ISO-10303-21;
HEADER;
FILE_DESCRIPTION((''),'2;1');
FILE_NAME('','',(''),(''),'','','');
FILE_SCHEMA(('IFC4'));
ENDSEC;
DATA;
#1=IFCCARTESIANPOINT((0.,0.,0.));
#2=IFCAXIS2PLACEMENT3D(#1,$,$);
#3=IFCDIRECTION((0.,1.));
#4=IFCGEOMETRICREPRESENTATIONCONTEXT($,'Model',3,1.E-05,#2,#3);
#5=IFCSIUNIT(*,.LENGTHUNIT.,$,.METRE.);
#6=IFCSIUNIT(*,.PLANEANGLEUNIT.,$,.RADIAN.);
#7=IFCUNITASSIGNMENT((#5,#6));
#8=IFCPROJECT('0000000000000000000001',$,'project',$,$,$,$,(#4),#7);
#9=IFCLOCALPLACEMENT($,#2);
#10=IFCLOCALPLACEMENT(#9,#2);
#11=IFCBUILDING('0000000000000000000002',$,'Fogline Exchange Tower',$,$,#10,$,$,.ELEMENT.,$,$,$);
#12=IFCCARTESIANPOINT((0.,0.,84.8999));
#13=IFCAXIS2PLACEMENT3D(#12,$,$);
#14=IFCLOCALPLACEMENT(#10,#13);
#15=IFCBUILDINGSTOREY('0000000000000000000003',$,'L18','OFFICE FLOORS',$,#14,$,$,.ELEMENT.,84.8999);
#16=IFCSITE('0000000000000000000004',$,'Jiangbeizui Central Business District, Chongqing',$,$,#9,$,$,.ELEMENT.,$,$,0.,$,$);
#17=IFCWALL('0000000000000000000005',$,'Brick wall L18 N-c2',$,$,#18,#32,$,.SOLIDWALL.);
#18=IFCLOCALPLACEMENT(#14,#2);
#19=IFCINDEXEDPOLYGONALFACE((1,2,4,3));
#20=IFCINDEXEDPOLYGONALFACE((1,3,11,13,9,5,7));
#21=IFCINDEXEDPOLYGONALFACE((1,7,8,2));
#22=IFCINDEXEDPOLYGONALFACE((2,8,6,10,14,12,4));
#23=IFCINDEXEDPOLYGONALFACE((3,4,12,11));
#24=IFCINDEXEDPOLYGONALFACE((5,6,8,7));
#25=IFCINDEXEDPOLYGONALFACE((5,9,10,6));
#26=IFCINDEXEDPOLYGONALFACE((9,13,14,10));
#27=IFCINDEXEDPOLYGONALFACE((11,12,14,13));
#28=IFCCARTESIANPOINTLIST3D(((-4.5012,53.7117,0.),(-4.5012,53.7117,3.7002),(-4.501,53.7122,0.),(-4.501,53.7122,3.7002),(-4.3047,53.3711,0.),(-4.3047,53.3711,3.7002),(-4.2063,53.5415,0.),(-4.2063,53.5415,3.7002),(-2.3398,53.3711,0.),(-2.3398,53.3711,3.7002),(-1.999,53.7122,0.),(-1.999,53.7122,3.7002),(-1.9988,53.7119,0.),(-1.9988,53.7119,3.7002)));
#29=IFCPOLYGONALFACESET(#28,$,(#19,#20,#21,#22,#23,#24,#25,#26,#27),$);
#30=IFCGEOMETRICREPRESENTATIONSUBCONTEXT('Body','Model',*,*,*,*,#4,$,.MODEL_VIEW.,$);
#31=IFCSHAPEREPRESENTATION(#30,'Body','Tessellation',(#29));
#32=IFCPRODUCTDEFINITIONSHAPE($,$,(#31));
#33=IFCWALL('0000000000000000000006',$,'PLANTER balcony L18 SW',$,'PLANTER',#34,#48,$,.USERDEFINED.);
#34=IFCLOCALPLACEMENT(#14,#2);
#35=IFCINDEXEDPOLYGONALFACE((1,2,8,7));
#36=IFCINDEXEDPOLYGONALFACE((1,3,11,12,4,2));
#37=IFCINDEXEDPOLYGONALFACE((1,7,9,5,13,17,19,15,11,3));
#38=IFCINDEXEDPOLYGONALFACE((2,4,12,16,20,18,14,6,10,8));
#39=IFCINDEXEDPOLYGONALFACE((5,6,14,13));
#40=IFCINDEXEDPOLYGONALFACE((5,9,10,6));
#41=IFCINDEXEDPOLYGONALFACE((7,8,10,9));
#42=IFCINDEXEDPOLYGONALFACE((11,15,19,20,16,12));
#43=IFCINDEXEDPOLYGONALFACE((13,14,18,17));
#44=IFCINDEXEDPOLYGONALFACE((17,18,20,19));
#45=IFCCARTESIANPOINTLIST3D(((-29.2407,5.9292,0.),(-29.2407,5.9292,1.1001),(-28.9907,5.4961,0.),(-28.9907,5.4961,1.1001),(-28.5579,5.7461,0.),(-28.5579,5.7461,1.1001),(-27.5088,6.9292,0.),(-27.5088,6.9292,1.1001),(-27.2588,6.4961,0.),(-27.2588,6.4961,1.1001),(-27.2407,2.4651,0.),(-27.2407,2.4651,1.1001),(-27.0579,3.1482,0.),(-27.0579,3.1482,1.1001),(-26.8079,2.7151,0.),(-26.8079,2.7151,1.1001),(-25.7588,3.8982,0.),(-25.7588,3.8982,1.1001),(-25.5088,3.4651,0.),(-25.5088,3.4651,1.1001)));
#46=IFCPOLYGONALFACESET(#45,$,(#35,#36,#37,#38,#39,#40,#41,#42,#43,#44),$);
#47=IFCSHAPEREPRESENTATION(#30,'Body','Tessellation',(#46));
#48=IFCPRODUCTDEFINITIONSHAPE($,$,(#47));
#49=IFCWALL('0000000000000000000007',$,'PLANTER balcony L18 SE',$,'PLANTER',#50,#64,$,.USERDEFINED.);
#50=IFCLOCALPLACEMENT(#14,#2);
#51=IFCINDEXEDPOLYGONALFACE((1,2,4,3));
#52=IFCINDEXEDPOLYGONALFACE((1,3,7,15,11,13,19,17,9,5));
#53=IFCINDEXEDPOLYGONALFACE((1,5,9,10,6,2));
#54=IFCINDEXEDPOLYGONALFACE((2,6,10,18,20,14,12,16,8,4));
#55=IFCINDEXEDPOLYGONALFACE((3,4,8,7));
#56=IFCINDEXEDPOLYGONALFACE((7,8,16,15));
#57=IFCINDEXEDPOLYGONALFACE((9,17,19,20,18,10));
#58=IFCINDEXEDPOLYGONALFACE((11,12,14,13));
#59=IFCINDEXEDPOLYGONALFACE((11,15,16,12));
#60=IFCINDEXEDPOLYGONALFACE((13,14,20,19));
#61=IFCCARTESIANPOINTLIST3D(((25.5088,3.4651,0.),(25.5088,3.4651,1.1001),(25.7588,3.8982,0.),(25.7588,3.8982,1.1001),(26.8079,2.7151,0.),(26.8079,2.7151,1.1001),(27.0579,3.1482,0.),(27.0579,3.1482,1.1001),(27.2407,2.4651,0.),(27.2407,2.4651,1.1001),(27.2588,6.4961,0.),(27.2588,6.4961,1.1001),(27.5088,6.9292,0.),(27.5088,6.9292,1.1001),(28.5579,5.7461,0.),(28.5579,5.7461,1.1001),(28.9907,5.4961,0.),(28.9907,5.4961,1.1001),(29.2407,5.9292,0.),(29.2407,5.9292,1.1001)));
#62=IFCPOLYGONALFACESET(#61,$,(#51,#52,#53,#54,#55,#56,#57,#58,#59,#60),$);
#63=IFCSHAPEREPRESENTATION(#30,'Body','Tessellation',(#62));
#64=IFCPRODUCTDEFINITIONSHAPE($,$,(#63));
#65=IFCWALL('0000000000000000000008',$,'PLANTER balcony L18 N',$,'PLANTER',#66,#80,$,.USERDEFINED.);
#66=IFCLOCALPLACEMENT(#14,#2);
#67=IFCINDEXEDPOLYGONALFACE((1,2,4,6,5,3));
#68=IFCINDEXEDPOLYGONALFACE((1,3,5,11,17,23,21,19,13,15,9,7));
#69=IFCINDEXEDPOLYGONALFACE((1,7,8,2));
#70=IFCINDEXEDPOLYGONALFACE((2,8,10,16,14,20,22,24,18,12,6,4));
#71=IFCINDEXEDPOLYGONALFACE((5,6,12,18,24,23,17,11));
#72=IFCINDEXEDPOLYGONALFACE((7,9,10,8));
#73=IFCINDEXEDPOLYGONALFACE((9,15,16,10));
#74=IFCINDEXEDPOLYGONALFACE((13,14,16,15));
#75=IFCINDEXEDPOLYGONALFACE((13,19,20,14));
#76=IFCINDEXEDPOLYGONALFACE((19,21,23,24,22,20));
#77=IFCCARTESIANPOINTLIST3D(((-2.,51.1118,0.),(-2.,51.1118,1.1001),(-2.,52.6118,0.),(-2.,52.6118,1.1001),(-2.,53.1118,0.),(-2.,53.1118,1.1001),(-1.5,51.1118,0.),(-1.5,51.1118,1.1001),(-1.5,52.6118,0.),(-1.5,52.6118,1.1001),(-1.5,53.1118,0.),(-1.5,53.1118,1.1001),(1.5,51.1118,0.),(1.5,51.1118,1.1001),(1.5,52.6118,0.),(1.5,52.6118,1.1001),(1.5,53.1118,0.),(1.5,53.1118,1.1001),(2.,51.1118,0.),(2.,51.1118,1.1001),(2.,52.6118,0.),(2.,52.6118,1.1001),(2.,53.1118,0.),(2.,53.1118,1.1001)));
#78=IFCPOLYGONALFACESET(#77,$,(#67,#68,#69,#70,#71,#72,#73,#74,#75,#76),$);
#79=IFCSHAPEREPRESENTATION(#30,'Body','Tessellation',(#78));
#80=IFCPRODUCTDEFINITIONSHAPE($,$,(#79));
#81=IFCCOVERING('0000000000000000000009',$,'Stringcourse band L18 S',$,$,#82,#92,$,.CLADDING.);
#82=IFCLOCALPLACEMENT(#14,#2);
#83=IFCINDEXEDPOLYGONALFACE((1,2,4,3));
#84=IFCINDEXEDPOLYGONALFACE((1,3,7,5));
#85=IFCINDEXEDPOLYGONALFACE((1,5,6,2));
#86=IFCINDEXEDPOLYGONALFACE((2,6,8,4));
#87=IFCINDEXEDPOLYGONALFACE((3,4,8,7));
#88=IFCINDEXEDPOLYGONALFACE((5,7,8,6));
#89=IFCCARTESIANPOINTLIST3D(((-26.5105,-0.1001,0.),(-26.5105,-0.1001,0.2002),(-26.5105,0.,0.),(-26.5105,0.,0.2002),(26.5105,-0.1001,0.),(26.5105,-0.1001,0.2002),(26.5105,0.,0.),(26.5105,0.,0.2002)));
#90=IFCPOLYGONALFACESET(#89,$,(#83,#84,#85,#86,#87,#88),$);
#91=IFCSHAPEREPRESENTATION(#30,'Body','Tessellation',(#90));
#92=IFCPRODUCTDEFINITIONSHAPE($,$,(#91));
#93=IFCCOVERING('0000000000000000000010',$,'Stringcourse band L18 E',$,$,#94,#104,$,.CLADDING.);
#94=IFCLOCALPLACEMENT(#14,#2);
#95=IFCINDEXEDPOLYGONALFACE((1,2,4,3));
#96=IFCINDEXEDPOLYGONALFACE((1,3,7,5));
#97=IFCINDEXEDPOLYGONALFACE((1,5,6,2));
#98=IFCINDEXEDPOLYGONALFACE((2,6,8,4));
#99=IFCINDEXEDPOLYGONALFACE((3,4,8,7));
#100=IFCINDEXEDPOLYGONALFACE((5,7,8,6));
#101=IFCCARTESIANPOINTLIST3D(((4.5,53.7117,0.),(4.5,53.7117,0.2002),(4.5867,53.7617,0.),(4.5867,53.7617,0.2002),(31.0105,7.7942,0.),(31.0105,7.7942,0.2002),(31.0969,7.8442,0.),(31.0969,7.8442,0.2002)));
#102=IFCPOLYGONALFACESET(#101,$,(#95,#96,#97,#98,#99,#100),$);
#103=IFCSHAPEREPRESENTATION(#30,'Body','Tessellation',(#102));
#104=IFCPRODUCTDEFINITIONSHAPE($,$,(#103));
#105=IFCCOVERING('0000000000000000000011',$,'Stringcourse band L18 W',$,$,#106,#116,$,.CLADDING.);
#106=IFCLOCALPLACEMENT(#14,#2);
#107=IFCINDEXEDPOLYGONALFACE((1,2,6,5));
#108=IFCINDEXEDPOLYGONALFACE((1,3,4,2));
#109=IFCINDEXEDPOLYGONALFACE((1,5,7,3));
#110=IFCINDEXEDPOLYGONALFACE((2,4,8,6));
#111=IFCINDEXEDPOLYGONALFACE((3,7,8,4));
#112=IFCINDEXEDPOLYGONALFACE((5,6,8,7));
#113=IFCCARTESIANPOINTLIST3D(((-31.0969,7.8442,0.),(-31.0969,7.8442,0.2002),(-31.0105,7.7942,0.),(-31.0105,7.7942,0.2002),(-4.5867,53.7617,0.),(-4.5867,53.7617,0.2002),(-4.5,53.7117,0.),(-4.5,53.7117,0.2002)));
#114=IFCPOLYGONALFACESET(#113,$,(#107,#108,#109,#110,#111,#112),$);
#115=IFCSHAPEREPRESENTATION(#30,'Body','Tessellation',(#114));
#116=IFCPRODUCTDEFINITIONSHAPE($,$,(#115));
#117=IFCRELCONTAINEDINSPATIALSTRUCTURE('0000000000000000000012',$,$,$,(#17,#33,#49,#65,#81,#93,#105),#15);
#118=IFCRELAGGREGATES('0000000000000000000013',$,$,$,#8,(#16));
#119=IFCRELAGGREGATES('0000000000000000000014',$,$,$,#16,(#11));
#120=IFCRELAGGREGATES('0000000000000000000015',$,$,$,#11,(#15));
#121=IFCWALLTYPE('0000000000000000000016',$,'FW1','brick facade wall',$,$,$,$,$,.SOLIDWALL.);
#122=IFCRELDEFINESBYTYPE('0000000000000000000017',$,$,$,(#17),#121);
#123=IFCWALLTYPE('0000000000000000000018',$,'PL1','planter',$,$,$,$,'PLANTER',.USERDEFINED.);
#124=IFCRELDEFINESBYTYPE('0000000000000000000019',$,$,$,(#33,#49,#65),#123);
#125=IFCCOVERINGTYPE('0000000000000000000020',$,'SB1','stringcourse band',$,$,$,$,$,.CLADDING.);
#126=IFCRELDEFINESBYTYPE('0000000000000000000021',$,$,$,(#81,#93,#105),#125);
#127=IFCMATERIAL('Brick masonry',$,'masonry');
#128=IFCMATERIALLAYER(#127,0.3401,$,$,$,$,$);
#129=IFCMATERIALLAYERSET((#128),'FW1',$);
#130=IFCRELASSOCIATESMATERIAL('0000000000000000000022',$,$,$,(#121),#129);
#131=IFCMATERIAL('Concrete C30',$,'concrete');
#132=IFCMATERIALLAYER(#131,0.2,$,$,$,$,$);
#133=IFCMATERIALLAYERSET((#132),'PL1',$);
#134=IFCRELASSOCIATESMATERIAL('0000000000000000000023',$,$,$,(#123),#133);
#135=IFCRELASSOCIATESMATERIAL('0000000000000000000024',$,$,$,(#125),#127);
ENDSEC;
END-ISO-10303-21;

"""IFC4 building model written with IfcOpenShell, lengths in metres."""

from ifc_helpers import new_model, si_unit, direction, frame, origin, place, context, subcontext, project, spatial, polyline, outline, extrude, material, layer, layer_set, type_object, element, save


model = new_model("IFC4")

# Units and contexts
model_context = context("Model", 3, precision=1e-05, world=origin(), true_north=direction((0.0, 1.0)))
body_context = subcontext(model_context, "Body", "Model", "MODEL_VIEW")
ifc_project = project(units=[si_unit("LENGTHUNIT", "METRE"), si_unit("PLANEANGLEUNIT", "RADIAN")], contexts=[model_context])

# Site, building, storey
site_placement = place(None, origin())
site = spatial("IfcSite", under=ifc_project, at=site_placement, Name="Jiangbeizui Central Business District, Chongqing", CompositionType="ELEMENT", RefElevation=0.0)
building_placement = place(site_placement, origin())
building = spatial("IfcBuilding", under=site, at=building_placement, Name="Fogline Exchange Tower", CompositionType="ELEMENT")
storey_placement = place(building_placement, frame((0.0, 0.0, 84.8999)))
storey = spatial("IfcBuildingStorey", under=building, at=storey_placement, Name="L18", Description="OFFICE FLOORS", CompositionType="ELEMENT", Elevation=84.8999)

# Walls
ifc_material_1 = material(Name="Brick masonry", Category="masonry")
ifc_layer_1 = layer(ifc_material_1, 0.3401)
ifc_layer_set_1 = layer_set([ifc_layer_1], Name="FW1")
wall_type_1 = type_object("IfcWallType", Name="FW1", Description="brick facade wall", PredefinedType="SOLIDWALL", material=ifc_layer_set_1)
wall_1_placement = place(storey_placement, origin())
element("IfcWall", 1, at=wall_1_placement, inside=storey, type_object=wall_type_1, Name="Brick wall L18 N-c2", PredefinedType="SOLIDWALL", context=body_context, shape_type="SweptSolid", body=[
    extrude(outline(polyline([(-4.3047, 53.3711), (-4.2063, 53.5415), (-4.5012, 53.7117), (-4.501, 53.7122), (-1.999, 53.7122), (-1.9988, 53.7119), (-2.3398, 53.3711), (-4.3047, 53.3711)])), origin(), (0.0, 0.0, 1.0), 3.7002),
])
ifc_material_2 = material(Name="Concrete C30", Category="concrete")
ifc_layer_2 = layer(ifc_material_2, 0.2)
ifc_layer_set_2 = layer_set([ifc_layer_2], Name="PL1")
wall_type_2 = type_object("IfcWallType", Name="PL1", Description="planter", ElementType="PLANTER", PredefinedType="USERDEFINED", material=ifc_layer_set_2)
wall_2_placement = place(storey_placement, origin())
element("IfcWall", 2, at=wall_2_placement, inside=storey, type_object=wall_type_2, Name="PLANTER balcony L18 SW", ObjectType="PLANTER", PredefinedType="USERDEFINED", context=body_context, shape_type="SweptSolid", body=[
    extrude(outline(polyline([(-25.7588, 3.8982), (-27.0579, 3.1482), (-28.5579, 5.7461), (-27.2588, 6.4961), (-27.5088, 6.9292), (-29.2407, 5.9292), (-28.9907, 5.4961), (-27.2407, 2.4651), (-26.8079, 2.7151), (-26.8079, 2.7151), (-25.5088, 3.4651), (-25.7588, 3.8982)])), origin(), (0.0, 0.0, 1.0), 1.1001),
])
wall_3_placement = place(storey_placement, origin())
element("IfcWall", 3, at=wall_3_placement, inside=storey, type_object=wall_type_2, Name="PLANTER balcony L18 SE", ObjectType="PLANTER", PredefinedType="USERDEFINED", context=body_context, shape_type="SweptSolid", body=[
    extrude(outline(polyline([(25.5088, 3.4651), (26.8079, 2.7151), (26.8079, 2.7151), (27.2407, 2.4651), (28.9907, 5.4961), (29.2407, 5.9292), (27.5088, 6.9292), (27.2588, 6.4961), (28.5579, 5.7461), (27.0579, 3.1482), (25.7588, 3.8982), (25.5088, 3.4651)])), origin(), (0.0, 0.0, 1.0), 1.1001),
])
wall_4_placement = place(storey_placement, origin())
element("IfcWall", 4, at=wall_4_placement, inside=storey, type_object=wall_type_2, Name="PLANTER balcony L18 N", ObjectType="PLANTER", PredefinedType="USERDEFINED", context=body_context, shape_type="SweptSolid", body=[
    extrude(outline(polyline([(-1.5, 53.1118), (-2.0, 53.1118), (-2.0, 52.6118), (-2.0, 51.1118), (-1.5, 51.1118), (-1.5, 52.6118), (1.5, 52.6118), (1.5, 51.1118), (2.0, 51.1118), (2.0, 52.6118), (2.0, 53.1118), (1.5, 53.1118), (-1.5, 53.1118)])), origin(), (0.0, 0.0, 1.0), 1.1001),
])

# Coverings
covering_type = type_object("IfcCoveringType", Name="SB1", Description="stringcourse band", PredefinedType="CLADDING", material=ifc_material_1)
covering_1_placement = place(storey_placement, origin())
element("IfcCovering", 5, at=covering_1_placement, inside=storey, type_object=covering_type, Name="Stringcourse band L18 S", PredefinedType="CLADDING", context=body_context, shape_type="SweptSolid", body=[
    extrude(outline(polyline([(-26.5105, 0.0), (-26.5105, -0.1001), (26.5105, -0.1001), (26.5105, 0.0), (-26.5105, 0.0)])), origin(), (0.0, 0.0, 1.0), 0.2002),
])
covering_2_placement = place(storey_placement, origin())
element("IfcCovering", 6, at=covering_2_placement, inside=storey, type_object=covering_type, Name="Stringcourse band L18 E", PredefinedType="CLADDING", context=body_context, shape_type="SweptSolid", body=[
    extrude(outline(polyline([(31.0105, 7.7942), (31.0969, 7.8442), (4.5867, 53.7617), (4.5, 53.7117), (31.0105, 7.7942)])), origin(), (0.0, 0.0, 1.0), 0.2002),
])
covering_3_placement = place(storey_placement, origin())
element("IfcCovering", 7, at=covering_3_placement, inside=storey, type_object=covering_type, Name="Stringcourse band L18 W", PredefinedType="CLADDING", context=body_context, shape_type="SweptSolid", body=[
    extrude(outline(polyline([(-4.5, 53.7117), (-4.5867, 53.7617), (-31.0969, 7.8442), (-31.0105, 7.7942), (-4.5, 53.7117)])), origin(), (0.0, 0.0, 1.0), 0.2002),
])

save(model, "model.ifc")
